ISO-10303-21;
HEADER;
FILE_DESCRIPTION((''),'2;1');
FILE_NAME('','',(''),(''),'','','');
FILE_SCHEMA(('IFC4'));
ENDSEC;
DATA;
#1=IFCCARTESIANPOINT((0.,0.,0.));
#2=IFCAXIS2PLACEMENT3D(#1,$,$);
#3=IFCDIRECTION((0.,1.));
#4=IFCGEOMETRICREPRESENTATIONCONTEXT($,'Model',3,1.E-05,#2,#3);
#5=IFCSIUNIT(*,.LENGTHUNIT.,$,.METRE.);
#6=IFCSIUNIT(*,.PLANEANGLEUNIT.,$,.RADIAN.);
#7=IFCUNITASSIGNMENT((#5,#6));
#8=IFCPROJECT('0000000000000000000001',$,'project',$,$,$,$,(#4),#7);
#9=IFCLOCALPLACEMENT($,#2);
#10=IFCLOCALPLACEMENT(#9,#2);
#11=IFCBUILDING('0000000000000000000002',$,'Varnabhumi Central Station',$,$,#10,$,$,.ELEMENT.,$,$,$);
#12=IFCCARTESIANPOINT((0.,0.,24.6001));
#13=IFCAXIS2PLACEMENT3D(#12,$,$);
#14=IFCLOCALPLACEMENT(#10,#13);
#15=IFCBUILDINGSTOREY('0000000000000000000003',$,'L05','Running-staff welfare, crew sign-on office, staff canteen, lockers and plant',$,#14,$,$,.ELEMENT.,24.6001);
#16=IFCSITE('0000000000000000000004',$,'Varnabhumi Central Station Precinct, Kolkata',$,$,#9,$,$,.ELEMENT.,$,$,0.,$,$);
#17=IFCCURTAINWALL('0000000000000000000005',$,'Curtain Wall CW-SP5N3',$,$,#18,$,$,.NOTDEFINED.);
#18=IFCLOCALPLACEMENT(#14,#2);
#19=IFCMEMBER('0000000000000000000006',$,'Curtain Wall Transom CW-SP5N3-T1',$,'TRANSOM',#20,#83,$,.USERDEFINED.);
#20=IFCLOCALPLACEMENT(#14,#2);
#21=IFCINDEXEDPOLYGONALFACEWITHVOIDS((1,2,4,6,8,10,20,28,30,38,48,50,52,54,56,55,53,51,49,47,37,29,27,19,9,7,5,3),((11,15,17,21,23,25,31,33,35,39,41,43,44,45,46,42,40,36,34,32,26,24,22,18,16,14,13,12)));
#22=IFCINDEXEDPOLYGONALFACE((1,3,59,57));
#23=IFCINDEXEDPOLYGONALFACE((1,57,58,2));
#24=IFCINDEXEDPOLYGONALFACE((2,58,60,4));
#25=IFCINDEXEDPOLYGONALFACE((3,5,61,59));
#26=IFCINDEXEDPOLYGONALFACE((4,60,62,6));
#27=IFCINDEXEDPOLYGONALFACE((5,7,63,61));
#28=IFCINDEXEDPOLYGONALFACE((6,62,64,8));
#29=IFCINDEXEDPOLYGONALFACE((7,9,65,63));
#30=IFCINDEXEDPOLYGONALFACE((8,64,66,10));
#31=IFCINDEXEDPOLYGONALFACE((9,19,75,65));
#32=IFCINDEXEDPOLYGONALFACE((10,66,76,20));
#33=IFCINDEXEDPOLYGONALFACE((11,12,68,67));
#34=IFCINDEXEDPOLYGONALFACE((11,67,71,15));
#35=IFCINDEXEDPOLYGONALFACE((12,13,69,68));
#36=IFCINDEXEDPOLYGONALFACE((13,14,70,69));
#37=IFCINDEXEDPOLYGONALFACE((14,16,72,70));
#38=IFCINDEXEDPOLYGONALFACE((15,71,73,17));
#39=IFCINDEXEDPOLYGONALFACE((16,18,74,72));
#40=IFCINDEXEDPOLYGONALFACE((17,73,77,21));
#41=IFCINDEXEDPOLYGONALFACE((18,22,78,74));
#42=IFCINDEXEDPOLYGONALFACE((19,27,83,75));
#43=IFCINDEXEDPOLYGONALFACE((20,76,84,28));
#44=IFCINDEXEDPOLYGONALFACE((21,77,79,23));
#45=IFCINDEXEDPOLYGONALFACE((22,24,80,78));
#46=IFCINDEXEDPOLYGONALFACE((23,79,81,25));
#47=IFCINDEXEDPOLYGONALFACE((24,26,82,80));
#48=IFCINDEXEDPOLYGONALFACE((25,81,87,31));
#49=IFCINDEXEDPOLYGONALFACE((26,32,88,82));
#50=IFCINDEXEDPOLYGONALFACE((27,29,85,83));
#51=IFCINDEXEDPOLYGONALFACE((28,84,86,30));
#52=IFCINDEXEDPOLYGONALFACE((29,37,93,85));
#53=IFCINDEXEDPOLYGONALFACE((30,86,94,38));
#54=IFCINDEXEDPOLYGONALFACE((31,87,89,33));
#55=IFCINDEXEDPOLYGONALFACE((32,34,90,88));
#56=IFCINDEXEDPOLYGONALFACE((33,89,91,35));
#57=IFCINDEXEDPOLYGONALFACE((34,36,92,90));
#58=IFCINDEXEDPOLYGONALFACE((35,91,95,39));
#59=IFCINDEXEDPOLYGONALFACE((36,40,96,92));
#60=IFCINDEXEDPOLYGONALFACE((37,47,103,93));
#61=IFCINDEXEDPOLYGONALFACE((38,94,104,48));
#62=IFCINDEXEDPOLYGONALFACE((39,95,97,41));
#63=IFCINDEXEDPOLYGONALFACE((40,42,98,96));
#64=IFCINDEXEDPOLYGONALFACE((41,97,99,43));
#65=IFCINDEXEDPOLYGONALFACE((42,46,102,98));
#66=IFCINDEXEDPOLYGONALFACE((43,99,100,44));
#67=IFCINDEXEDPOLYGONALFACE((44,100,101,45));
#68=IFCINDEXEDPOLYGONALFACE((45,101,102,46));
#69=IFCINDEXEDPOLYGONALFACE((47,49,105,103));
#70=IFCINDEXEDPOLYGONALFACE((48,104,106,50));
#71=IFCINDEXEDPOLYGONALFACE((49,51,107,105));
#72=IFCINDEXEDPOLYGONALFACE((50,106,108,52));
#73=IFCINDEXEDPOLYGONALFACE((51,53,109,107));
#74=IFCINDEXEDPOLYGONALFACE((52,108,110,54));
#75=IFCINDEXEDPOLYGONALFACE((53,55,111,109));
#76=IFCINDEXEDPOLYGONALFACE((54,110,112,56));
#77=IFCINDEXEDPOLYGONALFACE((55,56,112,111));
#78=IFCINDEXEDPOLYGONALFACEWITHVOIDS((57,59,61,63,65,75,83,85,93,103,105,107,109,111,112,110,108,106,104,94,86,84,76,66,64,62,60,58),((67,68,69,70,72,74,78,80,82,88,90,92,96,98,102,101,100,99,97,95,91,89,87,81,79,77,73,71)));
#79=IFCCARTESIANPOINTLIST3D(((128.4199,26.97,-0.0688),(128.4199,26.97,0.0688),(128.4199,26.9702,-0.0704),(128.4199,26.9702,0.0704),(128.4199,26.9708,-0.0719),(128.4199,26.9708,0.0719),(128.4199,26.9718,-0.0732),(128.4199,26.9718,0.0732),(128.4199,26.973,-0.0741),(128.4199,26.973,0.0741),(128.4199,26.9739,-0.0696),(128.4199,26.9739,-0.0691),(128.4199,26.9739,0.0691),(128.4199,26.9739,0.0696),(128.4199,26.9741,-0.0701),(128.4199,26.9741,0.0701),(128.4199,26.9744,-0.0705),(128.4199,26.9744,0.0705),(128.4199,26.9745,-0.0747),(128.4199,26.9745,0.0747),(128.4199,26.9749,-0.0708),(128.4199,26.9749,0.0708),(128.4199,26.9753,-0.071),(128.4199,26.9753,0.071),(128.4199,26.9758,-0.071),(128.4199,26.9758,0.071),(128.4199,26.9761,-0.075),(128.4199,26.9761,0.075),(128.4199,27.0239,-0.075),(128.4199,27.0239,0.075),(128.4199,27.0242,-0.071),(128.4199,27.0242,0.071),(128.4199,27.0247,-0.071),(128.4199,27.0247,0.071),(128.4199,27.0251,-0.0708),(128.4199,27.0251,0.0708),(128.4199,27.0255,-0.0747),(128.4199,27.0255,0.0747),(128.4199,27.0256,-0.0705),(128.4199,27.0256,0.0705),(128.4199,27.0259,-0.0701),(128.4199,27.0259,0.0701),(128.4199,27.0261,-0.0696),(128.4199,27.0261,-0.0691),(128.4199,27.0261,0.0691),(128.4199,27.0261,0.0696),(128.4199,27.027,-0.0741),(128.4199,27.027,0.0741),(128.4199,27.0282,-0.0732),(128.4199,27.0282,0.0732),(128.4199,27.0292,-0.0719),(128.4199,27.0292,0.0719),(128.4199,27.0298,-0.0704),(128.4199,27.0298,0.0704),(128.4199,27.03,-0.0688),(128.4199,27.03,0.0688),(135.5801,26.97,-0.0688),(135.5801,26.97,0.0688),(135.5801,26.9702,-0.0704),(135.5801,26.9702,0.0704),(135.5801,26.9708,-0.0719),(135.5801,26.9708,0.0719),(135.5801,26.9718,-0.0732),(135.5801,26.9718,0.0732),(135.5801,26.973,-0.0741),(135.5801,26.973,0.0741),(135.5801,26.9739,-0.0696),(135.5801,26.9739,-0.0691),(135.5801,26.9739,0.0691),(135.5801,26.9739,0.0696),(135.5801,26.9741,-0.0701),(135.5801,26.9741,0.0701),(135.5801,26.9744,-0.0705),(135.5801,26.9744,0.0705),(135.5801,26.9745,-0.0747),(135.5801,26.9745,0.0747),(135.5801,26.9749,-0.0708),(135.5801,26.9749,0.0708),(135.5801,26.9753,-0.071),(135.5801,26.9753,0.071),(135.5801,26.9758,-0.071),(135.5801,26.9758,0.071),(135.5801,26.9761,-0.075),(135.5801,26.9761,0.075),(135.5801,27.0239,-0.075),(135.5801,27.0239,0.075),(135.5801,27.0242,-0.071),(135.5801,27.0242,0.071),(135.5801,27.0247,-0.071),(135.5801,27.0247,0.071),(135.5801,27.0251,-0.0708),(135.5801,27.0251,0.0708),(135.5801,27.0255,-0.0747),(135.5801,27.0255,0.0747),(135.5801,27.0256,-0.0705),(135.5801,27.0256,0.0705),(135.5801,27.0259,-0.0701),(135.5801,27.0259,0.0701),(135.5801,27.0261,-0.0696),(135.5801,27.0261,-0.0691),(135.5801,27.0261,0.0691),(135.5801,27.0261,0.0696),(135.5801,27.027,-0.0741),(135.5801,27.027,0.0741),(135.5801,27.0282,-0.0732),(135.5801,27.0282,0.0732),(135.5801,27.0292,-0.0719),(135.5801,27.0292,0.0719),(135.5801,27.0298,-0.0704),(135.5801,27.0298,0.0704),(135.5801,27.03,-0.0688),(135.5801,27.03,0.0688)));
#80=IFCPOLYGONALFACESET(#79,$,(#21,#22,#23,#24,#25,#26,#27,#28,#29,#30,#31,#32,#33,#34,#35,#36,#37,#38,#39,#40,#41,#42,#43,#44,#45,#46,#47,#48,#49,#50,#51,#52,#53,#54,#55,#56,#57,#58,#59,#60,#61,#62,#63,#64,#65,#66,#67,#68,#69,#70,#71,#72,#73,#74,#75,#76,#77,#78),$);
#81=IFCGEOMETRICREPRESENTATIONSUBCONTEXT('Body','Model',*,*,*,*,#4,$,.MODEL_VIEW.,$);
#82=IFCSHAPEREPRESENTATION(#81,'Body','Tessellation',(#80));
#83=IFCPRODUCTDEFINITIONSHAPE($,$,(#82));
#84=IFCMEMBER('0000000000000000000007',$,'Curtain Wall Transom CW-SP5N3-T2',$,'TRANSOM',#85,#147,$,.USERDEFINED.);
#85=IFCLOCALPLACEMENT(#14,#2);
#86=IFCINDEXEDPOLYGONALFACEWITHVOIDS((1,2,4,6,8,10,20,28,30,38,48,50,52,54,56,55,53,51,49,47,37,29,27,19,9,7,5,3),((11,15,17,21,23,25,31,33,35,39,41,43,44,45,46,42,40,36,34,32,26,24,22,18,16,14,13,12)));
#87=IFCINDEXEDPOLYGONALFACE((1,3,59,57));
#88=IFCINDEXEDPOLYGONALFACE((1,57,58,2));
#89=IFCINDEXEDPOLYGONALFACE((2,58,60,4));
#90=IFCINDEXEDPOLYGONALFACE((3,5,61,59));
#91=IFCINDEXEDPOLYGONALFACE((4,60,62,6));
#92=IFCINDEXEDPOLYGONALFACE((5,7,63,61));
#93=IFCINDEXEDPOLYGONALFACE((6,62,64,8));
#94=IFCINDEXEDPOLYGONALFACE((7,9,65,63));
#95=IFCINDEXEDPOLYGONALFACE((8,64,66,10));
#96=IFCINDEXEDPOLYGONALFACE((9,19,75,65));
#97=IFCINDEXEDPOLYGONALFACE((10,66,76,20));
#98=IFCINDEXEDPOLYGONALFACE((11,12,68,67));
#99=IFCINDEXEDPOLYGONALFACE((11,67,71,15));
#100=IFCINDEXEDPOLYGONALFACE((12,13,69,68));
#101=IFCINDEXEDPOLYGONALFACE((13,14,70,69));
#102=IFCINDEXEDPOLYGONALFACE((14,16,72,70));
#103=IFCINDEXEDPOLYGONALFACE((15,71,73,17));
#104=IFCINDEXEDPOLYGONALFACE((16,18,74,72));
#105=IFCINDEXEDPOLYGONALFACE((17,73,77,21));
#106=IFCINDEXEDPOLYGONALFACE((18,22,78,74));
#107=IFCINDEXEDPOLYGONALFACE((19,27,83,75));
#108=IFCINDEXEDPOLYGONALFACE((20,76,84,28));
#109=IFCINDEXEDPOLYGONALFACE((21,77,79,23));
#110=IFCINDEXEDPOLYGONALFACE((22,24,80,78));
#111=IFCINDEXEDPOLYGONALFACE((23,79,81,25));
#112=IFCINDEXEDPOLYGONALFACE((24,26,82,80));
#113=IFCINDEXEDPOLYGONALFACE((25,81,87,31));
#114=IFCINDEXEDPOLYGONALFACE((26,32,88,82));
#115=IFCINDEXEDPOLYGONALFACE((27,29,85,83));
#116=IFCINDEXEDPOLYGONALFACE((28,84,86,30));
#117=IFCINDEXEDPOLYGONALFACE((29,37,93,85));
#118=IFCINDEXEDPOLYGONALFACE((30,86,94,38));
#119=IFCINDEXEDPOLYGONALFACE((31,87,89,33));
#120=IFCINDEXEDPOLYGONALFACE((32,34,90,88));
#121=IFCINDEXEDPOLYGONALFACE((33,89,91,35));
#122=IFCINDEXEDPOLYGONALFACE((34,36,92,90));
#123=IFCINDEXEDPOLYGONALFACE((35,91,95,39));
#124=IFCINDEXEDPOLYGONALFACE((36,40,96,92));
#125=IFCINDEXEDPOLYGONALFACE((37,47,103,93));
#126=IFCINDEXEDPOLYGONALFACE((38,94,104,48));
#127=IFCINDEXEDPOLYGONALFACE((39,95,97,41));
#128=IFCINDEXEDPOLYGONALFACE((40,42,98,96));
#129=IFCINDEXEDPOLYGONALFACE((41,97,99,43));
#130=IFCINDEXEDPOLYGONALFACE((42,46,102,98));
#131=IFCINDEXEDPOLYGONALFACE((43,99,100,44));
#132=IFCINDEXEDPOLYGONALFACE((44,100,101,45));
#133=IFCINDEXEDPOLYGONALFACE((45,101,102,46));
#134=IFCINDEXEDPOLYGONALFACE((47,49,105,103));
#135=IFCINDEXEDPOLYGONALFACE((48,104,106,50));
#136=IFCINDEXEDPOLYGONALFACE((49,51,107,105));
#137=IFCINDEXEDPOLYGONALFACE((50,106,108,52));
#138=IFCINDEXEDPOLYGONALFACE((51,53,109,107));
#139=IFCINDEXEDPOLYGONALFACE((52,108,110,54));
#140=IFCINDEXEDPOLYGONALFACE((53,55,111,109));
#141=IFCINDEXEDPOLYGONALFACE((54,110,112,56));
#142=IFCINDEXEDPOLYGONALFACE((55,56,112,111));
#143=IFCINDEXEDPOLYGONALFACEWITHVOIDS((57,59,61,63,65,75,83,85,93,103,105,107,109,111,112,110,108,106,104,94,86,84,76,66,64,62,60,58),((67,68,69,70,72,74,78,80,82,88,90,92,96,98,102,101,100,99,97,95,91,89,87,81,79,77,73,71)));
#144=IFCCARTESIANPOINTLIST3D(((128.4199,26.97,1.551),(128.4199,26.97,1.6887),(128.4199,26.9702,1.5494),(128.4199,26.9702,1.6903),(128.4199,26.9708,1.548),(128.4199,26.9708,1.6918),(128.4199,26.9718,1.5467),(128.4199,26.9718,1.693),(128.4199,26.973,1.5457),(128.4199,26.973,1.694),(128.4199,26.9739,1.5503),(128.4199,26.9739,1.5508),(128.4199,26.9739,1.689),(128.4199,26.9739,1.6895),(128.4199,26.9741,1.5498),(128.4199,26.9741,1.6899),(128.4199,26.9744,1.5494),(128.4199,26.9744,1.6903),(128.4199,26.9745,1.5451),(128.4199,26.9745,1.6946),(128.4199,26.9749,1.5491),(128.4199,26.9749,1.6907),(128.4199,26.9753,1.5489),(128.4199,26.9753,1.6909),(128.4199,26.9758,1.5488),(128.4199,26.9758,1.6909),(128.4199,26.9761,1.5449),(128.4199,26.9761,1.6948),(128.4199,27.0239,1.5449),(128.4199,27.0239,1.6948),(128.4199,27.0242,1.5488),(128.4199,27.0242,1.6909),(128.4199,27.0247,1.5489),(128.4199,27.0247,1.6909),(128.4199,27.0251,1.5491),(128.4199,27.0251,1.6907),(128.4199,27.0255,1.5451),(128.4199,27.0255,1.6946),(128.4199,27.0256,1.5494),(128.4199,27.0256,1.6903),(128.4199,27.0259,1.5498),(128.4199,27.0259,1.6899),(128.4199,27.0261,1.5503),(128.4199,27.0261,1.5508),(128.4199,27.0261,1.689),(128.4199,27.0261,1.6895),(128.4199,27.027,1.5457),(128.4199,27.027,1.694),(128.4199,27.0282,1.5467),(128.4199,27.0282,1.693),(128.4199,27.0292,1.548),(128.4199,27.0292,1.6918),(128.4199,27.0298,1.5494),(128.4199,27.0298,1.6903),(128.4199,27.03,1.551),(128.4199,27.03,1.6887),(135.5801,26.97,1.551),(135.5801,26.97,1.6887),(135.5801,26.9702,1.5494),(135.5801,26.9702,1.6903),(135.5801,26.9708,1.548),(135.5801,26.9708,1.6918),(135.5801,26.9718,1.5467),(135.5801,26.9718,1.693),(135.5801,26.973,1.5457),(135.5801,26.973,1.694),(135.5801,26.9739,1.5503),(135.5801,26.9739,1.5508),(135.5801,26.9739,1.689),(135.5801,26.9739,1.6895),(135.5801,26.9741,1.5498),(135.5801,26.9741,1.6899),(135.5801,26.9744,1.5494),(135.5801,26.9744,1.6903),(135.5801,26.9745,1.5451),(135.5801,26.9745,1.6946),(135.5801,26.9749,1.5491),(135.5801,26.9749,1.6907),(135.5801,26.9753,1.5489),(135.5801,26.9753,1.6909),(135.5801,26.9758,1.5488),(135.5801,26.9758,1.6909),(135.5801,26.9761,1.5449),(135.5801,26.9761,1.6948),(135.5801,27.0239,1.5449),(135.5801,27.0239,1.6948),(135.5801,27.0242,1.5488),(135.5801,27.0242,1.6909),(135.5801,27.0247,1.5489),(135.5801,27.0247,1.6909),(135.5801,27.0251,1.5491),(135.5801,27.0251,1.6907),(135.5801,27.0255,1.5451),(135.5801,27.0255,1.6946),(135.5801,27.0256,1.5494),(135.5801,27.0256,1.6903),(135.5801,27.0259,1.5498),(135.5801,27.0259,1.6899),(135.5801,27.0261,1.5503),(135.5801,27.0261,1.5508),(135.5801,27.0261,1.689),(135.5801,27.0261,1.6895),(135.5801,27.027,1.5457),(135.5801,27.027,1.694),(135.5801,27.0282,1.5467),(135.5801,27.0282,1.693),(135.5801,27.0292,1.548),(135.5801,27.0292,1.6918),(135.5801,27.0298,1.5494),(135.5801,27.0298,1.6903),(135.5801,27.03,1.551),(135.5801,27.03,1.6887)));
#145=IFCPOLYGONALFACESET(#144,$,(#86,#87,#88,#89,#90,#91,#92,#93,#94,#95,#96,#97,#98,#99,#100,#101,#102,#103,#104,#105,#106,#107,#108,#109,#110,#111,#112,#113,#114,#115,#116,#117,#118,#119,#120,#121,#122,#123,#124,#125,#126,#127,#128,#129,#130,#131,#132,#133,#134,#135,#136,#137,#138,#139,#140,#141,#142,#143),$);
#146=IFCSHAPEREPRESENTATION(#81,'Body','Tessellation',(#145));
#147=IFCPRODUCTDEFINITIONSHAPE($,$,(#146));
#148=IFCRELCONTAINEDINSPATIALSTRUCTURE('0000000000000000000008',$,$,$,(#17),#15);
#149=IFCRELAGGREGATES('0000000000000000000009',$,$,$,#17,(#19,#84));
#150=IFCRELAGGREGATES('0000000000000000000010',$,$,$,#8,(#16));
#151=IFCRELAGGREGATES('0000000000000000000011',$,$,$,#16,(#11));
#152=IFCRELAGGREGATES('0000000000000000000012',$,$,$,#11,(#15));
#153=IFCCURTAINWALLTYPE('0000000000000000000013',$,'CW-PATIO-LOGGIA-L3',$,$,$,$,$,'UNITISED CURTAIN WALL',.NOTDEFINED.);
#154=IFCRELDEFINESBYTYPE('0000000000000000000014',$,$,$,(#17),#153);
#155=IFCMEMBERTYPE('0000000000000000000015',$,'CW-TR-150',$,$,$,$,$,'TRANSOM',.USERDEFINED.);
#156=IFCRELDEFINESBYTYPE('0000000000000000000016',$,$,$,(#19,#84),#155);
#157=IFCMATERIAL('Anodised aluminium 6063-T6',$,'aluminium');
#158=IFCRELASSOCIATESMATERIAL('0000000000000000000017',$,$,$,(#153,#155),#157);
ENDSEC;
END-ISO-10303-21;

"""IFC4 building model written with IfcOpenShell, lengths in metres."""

from ifc_helpers import new_model, si_unit, direction, frame, origin, origin_2d, place, context, subcontext, project, spatial, hollow_rectangle, extrude, material, material_profile, profile_set, type_object, element, aggregate, save


model = new_model("IFC4")

# Units and contexts
model_context = context("Model", 3, precision=1e-05, world=origin(), true_north=direction((0.0, 1.0)))
body_context = subcontext(model_context, "Body", "Model", "MODEL_VIEW")
ifc_project = project(units=[si_unit("LENGTHUNIT", "METRE"), si_unit("PLANEANGLEUNIT", "RADIAN")], contexts=[model_context])

# Site, building, storey
site_placement = place(None, origin())
site = spatial("IfcSite", under=ifc_project, at=site_placement, Name="Varnabhumi Central Station Precinct, Kolkata", CompositionType="ELEMENT", RefElevation=0.0)
building_placement = place(site_placement, origin())
building = spatial("IfcBuilding", under=site, at=building_placement, Name="Varnabhumi Central Station", CompositionType="ELEMENT")
storey_placement = place(building_placement, frame((0.0, 0.0, 24.6001)))
storey = spatial("IfcBuildingStorey", under=building, at=storey_placement, Name="L05", Description="Running-staff welfare, crew sign-on office, staff canteen, lockers and plant", CompositionType="ELEMENT", Elevation=24.6001)

# Curtain wall
ifc_material_1 = material(Name="Anodised aluminium 6063-T6", Category="aluminium")
curtain_wall_type = type_object("IfcCurtainWallType", Name="CW-PATIO-LOGGIA-L3", ElementType="UNITISED CURTAIN WALL", PredefinedType="NOTDEFINED", material=ifc_material_1)
curtain_wall_1_placement = place(storey_placement, origin())
curtain_wall_1 = element("IfcCurtainWall", 1, at=curtain_wall_1_placement, inside=storey, type_object=curtain_wall_type, Name="Curtain Wall CW-SP5N3", PredefinedType="NOTDEFINED")

# Members
ifc_material_profile_1 = material_profile(ifc_material_1, hollow_rectangle(XDim=0.0601, YDim=0.1499, WallThickness=0.0039, InnerFilletRadius=0.002, OuterFilletRadius=0.0061, at=origin_2d()), Name="Anodised aluminium 6063-T6", Category="aluminium")
ifc_profile_set_1 = profile_set([ifc_material_profile_1], Name="Anodised aluminium 6063-T6")
member_type_1 = type_object("IfcMemberType", Name="CW-TR-150", ElementType="TRANSOM", PredefinedType="USERDEFINED", material=ifc_profile_set_1)
member_1_placement = place(storey_placement, frame((128.4199, 27.0, 0.0), z_axis=(1.0, 0.0, 0.0), x_axis=(0.0, 1.0, 0.0)))
member_1 = element("IfcMember", 2, at=member_1_placement, type_object=member_type_1, Name="Curtain Wall Transom CW-SP5N3-T1", ObjectType="TRANSOM", PredefinedType="USERDEFINED", context=body_context, shape_type="SweptSolid", body=[
    extrude(hollow_rectangle(XDim=0.0601, YDim=0.1499, WallThickness=0.0039, InnerFilletRadius=0.002, OuterFilletRadius=0.0061, at=origin_2d()), origin(), (0.0, 0.0, 1.0), 7.1602),
])
member_2_placement = place(storey_placement, frame((128.4199, 27.0, 1.6199), z_axis=(1.0, 0.0, 0.0), x_axis=(0.0, 1.0, 0.0)))
member_2 = element("IfcMember", 3, at=member_2_placement, type_object=member_type_1, Name="Curtain Wall Transom CW-SP5N3-T2", ObjectType="TRANSOM", PredefinedType="USERDEFINED", context=body_context, shape_type="SweptSolid", body=[
    extrude(hollow_rectangle(XDim=0.0601, YDim=0.1499, WallThickness=0.0039, InnerFilletRadius=0.002, OuterFilletRadius=0.0061, at=origin_2d()), origin(), (0.0, 0.0, 1.0), 7.1602),
])

aggregate(curtain_wall_1, [member_1, member_2])

save(model, "model.ifc")
